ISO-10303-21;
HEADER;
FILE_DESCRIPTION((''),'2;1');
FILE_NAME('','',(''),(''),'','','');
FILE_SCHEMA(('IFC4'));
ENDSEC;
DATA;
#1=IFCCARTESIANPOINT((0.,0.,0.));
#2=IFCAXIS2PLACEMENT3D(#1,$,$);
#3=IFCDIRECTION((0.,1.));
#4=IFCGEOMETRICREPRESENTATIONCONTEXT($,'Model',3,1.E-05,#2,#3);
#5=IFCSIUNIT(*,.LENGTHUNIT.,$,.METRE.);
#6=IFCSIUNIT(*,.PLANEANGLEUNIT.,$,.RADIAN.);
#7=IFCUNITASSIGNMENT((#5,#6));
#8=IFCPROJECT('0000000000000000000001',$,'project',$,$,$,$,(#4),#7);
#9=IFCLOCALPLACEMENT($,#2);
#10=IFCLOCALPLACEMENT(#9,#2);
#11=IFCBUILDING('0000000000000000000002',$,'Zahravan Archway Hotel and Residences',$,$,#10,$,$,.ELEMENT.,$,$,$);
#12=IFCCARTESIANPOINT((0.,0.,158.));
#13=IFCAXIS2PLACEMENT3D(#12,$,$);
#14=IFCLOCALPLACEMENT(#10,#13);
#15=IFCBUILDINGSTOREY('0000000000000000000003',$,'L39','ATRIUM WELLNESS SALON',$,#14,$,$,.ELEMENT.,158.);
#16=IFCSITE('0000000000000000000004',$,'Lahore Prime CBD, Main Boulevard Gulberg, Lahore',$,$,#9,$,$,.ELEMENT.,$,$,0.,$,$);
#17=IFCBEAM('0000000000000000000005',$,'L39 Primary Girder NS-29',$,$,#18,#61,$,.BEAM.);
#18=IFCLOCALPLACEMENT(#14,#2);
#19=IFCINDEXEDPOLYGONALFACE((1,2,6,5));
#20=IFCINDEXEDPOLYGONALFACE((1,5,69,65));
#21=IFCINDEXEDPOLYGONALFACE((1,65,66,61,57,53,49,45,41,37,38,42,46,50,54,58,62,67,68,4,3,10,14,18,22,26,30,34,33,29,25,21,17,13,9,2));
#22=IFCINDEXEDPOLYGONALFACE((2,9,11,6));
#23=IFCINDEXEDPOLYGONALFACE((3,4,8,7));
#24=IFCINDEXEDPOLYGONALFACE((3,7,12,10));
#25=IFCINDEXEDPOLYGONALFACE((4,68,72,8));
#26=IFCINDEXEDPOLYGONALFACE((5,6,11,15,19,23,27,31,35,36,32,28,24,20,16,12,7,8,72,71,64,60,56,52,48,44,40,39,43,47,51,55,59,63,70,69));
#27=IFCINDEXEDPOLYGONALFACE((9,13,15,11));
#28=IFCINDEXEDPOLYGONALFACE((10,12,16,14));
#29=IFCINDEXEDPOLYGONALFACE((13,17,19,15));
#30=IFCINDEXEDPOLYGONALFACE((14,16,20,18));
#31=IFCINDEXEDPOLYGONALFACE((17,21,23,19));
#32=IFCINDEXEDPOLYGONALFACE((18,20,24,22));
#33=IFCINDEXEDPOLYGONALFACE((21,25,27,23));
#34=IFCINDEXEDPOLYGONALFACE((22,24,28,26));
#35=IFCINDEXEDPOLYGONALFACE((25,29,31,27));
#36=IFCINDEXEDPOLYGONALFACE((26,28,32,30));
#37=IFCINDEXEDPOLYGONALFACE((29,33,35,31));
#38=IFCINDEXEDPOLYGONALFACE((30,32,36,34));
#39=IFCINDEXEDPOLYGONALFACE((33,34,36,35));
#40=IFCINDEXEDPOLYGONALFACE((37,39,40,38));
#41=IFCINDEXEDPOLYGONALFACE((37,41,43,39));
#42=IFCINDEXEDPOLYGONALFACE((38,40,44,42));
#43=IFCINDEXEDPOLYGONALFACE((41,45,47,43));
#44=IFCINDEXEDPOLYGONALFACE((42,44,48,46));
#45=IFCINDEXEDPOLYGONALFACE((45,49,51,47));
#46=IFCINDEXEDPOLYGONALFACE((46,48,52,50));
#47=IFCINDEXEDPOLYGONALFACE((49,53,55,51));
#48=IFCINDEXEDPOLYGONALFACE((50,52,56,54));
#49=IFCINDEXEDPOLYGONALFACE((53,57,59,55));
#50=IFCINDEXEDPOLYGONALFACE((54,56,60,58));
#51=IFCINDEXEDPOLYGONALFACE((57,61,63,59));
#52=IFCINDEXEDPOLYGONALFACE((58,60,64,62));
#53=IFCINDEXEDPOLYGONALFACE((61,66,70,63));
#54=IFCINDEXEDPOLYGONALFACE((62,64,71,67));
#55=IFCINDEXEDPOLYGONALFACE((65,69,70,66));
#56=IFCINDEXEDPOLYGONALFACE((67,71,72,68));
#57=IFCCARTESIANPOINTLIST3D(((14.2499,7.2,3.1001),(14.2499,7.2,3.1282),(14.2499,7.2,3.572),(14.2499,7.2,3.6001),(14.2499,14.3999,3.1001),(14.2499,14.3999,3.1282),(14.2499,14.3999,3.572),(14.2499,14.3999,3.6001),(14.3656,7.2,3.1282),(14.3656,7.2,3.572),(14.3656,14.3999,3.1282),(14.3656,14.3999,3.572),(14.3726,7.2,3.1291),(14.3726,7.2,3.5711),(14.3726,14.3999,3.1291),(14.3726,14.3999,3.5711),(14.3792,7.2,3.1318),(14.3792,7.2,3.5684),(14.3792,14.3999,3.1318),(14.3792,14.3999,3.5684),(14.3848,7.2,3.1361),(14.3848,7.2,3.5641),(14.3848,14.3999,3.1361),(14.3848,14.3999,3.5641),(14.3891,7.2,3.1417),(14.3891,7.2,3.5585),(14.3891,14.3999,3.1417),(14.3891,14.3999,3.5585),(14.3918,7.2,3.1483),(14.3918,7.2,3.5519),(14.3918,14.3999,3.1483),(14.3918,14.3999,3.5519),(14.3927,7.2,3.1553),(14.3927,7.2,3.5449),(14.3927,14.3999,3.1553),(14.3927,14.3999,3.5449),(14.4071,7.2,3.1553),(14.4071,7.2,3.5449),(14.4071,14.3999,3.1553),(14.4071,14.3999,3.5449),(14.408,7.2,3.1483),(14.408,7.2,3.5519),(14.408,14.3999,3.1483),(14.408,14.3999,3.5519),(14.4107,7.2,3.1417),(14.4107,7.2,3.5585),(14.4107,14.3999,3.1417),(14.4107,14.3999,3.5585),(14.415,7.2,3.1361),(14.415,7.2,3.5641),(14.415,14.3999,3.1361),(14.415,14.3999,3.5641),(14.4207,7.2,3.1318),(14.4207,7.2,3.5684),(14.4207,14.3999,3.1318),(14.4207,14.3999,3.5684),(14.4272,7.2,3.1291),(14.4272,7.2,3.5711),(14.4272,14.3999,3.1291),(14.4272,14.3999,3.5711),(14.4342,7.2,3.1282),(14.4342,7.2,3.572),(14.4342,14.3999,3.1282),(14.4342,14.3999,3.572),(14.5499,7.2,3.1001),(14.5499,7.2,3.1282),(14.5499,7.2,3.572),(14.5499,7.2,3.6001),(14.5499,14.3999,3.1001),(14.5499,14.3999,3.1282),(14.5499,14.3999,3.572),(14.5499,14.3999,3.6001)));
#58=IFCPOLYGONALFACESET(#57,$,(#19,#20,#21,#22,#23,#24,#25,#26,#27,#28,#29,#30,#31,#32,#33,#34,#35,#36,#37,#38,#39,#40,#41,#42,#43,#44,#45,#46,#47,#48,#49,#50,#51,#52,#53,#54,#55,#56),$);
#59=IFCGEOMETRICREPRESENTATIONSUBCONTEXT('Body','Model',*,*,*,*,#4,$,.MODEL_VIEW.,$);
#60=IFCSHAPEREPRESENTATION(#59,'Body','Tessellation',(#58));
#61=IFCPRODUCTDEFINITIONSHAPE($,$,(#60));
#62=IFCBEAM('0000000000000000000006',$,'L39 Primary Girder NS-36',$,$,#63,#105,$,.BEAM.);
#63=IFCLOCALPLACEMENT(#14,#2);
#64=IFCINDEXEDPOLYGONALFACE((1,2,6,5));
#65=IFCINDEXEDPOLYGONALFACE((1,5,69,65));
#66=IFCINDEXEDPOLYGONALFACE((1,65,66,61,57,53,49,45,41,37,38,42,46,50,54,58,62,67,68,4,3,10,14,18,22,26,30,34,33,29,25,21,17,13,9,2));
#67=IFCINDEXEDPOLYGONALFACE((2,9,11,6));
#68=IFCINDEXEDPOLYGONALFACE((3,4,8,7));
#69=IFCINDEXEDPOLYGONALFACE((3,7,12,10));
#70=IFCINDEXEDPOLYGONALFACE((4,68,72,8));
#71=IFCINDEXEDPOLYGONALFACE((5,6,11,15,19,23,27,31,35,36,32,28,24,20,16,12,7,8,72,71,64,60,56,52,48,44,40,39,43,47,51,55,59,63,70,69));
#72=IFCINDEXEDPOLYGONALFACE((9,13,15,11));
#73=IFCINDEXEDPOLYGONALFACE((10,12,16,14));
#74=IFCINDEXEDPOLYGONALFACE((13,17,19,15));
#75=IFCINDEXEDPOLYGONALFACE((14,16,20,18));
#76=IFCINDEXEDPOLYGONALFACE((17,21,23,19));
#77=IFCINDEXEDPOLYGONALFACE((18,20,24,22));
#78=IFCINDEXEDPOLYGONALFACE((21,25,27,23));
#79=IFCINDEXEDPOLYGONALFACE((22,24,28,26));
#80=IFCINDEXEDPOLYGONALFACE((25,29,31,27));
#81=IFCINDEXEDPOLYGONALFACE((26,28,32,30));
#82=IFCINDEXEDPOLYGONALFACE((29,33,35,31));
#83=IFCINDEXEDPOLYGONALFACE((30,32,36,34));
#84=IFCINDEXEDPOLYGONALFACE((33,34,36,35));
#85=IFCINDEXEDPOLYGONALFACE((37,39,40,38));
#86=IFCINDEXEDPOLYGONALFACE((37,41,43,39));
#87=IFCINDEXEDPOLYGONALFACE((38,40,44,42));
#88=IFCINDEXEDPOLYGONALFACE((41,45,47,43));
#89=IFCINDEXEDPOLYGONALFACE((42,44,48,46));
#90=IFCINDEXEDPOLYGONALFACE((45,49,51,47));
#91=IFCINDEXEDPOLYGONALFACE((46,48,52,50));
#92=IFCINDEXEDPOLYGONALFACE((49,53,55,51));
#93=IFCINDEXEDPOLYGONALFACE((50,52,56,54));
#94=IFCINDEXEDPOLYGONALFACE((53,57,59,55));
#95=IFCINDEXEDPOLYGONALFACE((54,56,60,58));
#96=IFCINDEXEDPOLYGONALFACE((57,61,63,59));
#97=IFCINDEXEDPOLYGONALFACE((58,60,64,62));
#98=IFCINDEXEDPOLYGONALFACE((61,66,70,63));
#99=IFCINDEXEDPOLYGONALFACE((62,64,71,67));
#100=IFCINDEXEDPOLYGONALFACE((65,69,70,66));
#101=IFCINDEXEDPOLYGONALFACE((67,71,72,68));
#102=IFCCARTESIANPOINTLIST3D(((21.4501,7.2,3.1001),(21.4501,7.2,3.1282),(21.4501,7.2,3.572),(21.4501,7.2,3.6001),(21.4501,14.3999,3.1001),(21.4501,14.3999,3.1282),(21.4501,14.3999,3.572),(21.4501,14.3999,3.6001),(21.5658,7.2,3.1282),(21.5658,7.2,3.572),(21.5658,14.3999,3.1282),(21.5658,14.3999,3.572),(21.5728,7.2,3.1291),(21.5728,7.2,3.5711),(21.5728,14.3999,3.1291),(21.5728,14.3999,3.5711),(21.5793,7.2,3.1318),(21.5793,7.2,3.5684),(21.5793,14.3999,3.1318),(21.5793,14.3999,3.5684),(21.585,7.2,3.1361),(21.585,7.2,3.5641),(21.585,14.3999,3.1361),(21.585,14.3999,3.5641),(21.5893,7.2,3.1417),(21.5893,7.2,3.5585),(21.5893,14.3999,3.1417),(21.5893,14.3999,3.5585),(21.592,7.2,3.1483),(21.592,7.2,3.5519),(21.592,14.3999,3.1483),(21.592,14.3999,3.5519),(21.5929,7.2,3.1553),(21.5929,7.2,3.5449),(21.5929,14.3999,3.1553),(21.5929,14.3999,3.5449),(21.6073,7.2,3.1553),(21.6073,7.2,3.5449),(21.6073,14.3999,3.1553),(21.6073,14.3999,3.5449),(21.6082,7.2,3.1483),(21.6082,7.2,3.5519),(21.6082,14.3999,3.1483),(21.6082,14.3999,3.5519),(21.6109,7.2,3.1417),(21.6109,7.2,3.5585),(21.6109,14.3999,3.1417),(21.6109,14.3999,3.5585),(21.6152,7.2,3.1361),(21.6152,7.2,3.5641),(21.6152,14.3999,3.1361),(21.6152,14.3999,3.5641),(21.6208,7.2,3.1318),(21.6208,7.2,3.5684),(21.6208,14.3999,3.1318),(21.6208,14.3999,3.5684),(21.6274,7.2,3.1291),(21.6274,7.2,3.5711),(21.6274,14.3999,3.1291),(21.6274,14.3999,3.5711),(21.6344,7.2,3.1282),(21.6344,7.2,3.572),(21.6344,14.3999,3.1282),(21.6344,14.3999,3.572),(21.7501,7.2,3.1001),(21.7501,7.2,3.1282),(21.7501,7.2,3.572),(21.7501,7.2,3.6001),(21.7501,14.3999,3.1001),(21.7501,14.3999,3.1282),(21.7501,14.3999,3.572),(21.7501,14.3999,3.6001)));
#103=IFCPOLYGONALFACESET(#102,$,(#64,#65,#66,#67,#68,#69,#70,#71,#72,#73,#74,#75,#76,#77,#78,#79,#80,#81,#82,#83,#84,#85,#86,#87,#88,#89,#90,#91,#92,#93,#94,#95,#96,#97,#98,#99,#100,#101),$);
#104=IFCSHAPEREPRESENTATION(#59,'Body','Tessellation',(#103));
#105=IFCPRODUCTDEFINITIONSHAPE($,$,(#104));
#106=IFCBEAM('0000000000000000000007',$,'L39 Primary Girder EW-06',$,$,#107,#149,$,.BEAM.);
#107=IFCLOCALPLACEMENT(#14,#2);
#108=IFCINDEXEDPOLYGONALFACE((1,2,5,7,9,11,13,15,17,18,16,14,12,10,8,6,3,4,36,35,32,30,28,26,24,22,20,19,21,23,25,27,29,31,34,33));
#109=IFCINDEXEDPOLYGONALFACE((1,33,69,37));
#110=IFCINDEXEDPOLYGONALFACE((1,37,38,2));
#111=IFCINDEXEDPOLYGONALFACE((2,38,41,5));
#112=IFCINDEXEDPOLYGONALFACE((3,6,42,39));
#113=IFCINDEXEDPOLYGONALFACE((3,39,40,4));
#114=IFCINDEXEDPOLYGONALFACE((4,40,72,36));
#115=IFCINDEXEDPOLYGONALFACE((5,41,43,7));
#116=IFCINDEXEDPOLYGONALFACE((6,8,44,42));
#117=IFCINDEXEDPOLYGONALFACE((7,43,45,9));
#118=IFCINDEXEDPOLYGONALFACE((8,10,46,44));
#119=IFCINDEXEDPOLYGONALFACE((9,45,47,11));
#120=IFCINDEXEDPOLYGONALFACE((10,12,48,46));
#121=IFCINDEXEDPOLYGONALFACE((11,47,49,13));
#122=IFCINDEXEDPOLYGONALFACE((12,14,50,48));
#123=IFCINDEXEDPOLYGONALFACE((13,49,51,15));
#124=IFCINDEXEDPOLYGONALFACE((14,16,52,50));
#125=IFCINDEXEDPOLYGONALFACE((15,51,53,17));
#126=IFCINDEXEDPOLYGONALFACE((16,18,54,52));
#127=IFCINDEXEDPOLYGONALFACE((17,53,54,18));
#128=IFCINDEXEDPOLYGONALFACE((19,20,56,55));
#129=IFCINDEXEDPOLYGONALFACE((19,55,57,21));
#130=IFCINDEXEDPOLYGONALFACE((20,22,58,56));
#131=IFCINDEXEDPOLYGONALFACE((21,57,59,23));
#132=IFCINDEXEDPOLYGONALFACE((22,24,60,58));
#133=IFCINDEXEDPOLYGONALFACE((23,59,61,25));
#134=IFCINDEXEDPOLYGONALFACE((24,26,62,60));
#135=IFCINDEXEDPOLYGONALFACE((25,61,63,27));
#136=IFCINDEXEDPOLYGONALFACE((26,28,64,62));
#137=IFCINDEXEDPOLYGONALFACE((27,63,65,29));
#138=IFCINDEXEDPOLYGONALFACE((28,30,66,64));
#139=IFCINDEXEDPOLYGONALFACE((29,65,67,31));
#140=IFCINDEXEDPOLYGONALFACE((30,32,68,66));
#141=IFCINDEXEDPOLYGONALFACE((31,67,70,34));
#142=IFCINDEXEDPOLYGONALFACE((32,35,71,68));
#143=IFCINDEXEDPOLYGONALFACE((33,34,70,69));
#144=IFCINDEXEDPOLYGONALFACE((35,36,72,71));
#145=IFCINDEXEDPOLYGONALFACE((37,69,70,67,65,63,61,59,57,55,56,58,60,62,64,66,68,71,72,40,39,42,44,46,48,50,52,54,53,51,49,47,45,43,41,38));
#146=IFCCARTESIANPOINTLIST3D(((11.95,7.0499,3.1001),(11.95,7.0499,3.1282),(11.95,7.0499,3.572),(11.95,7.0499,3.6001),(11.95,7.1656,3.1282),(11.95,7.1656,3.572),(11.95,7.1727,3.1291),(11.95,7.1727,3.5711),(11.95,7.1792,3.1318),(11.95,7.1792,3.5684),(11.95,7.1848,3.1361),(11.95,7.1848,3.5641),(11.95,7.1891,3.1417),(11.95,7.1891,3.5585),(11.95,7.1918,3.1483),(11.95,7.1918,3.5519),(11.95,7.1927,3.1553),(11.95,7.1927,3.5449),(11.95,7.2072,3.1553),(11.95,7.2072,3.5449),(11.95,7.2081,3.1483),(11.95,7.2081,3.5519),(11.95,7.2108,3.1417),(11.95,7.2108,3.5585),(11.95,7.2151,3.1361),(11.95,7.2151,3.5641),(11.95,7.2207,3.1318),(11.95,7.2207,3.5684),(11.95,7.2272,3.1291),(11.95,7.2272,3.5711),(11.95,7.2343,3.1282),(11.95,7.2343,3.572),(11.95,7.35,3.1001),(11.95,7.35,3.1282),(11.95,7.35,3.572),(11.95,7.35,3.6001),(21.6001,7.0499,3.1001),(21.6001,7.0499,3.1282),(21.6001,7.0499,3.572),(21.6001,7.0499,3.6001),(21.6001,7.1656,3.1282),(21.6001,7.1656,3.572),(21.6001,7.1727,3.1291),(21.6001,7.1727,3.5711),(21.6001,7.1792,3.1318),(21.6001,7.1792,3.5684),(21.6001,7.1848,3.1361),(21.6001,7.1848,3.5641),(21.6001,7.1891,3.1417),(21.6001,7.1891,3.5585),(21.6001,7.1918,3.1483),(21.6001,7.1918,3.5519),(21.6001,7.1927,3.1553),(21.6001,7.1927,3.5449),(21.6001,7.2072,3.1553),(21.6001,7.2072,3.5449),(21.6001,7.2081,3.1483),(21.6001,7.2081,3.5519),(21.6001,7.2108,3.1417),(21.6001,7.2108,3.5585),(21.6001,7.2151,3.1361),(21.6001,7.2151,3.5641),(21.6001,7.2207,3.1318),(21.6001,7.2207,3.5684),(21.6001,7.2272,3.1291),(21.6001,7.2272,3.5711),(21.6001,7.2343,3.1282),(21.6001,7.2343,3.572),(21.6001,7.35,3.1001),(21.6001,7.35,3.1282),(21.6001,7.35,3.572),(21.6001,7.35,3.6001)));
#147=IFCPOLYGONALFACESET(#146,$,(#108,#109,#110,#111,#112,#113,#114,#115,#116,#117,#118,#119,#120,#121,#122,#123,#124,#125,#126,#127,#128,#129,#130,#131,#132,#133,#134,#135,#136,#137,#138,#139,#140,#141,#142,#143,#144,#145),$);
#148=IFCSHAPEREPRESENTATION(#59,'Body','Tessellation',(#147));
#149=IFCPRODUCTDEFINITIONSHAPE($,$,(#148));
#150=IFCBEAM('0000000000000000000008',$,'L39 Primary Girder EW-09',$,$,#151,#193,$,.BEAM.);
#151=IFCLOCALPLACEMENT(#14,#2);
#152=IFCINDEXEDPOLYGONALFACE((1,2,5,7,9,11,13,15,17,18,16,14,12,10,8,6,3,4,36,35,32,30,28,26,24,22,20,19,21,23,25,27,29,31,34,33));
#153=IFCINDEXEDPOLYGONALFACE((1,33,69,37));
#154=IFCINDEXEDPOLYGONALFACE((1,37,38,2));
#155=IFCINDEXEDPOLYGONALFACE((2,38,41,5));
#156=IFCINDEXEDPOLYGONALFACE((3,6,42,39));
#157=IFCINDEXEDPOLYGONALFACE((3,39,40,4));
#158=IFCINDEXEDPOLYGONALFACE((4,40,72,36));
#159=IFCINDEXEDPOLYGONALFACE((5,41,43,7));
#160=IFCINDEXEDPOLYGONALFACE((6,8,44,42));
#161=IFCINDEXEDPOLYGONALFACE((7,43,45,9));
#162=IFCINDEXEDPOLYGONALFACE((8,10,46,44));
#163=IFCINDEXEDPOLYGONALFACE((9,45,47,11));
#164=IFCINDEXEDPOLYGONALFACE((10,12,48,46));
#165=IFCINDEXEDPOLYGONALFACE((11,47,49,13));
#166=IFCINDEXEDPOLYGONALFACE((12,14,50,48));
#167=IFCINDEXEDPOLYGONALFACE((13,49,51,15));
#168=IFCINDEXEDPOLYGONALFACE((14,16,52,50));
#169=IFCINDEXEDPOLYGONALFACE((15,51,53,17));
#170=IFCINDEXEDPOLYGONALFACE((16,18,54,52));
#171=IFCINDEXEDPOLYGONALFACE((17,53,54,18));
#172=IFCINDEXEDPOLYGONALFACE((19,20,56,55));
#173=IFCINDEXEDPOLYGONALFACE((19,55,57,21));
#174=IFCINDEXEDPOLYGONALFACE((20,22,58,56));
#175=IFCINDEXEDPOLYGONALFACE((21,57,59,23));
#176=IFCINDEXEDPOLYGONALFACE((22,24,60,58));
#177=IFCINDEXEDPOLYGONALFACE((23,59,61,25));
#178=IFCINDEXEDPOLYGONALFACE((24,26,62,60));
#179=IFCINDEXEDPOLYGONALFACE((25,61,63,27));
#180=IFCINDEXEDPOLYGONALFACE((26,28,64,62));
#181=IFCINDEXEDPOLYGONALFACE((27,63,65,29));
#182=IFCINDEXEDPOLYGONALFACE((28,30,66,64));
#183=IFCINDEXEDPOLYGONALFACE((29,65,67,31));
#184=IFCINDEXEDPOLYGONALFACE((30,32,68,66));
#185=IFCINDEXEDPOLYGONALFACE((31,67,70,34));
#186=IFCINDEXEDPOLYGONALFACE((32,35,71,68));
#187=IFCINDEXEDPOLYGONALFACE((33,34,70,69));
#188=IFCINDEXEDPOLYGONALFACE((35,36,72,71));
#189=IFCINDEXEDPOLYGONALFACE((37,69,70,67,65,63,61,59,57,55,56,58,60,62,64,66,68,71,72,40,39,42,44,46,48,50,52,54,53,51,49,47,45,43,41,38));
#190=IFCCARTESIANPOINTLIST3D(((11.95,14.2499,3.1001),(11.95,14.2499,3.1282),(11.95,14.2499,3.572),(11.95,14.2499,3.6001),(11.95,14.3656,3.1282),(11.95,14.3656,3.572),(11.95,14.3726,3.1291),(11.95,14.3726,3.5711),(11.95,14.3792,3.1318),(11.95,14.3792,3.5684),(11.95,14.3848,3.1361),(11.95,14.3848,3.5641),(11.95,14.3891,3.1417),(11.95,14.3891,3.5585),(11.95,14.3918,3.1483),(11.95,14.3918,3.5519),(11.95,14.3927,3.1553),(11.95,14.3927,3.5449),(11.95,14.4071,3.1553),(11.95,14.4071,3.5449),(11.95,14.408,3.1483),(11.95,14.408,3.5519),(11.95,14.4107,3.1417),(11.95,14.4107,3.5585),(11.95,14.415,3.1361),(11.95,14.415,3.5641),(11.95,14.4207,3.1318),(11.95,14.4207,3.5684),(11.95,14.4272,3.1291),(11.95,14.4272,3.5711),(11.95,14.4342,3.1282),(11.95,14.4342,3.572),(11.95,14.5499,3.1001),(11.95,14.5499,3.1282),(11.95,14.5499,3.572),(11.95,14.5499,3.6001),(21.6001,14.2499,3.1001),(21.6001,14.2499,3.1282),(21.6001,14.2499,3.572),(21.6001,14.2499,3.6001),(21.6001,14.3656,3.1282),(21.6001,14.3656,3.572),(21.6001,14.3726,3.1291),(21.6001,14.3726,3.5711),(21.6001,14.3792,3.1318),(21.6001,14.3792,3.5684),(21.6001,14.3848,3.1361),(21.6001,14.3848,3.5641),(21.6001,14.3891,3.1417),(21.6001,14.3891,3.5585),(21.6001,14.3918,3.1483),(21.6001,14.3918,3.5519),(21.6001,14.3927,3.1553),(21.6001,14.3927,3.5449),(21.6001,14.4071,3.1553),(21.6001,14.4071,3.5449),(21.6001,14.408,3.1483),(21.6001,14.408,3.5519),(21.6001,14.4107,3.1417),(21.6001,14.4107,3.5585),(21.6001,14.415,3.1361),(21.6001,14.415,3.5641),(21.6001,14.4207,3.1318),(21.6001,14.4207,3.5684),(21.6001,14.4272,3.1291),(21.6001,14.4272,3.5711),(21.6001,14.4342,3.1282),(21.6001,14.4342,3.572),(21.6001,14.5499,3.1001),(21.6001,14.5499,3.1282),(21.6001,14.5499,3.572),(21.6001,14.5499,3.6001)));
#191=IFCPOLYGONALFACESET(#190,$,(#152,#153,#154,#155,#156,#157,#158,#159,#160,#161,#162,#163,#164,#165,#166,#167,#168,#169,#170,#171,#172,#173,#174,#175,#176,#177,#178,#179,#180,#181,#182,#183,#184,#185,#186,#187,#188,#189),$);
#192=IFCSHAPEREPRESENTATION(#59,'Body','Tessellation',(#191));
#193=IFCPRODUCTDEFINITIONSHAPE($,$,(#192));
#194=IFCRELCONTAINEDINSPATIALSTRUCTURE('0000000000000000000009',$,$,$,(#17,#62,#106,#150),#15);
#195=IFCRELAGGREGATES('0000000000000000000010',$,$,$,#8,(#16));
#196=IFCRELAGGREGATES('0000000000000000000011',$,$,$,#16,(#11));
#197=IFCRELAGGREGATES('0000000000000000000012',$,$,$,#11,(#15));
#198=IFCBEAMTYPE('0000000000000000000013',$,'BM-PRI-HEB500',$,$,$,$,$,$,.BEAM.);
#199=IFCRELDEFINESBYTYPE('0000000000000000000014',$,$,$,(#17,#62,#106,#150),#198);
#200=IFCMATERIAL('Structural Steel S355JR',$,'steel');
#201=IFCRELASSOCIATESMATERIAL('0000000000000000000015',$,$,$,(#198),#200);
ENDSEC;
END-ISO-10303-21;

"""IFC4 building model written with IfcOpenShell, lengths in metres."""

from ifc_helpers import new_model, si_unit, direction, frame, origin, origin_2d, place, context, subcontext, project, spatial, i_section, extrude, source, transform, mapped, material, material_profile, profile_set, type_object, element, save


model = new_model("IFC4")

# Units and contexts
model_context = context("Model", 3, precision=1e-05, world=origin(), true_north=direction((0.0, 1.0)))
body_context = subcontext(model_context, "Body", "Model", "MODEL_VIEW")
ifc_project = project(units=[si_unit("LENGTHUNIT", "METRE"), si_unit("PLANEANGLEUNIT", "RADIAN")], contexts=[model_context])

# Site, building, storey
site_placement = place(None, origin())
site = spatial("IfcSite", under=ifc_project, at=site_placement, Name="Lahore Prime CBD, Main Boulevard Gulberg, Lahore", CompositionType="ELEMENT", RefElevation=0.0)
building_placement = place(site_placement, origin())
building = spatial("IfcBuilding", under=site, at=building_placement, Name="Zahravan Archway Hotel and Residences", CompositionType="ELEMENT")
storey_placement = place(building_placement, frame((0.0, 0.0, 158.0)))
storey = spatial("IfcBuildingStorey", under=building, at=storey_placement, Name="L39", Description="ATRIUM WELLNESS SALON", CompositionType="ELEMENT", Elevation=158.0)

# Beams
ifc_material_1 = material(Name="Structural Steel S355JR", Category="steel")
ifc_material_profile_1 = material_profile(ifc_material_1, i_section(OverallWidth=0.3, OverallDepth=0.5, WebThickness=0.0144, FlangeThickness=0.0281, FilletRadius=0.0271, at=origin_2d()), Name="HEB 500", Category="steel")
ifc_profile_set_1 = profile_set([ifc_material_profile_1], Name="Structural Steel S355JR")
beam_type_1 = type_object("IfcBeamType", Name="BM-PRI-HEB500", PredefinedType="BEAM", material=ifc_profile_set_1)
shared_shape_1 = source(origin(), body_context, "Body", "SweptSolid", [
    extrude(i_section(OverallWidth=0.3, OverallDepth=0.5, WebThickness=0.0144, FlangeThickness=0.0281, FilletRadius=0.0271, at=origin_2d()), origin(), (0.0, 0.0, 1.0), 7.2),
])
for number, where, z_axis, x_axis, name in (
    (1, (14.3999, 7.2, 3.3501), (0.0, 1.0, 0.0), (-1.0, 0.0, 0.0), "L39 Primary Girder NS-29"),
    (2, (21.6001, 7.2, 3.3501), (0.0, 1.0, 0.0), (-1.0, 0.0, 0.0), "L39 Primary Girder NS-36"),
):
    element("IfcBeam", number, at=place(storey_placement, frame(where, z_axis=z_axis, x_axis=x_axis)), inside=storey, type_object=beam_type_1, Name=name, PredefinedType="BEAM", context=body_context, shape_type="MappedRepresentation", body=[
        mapped(shared_shape_1, transform((0.0, 0.0, 0.0), scale=1.0)),
    ])
shared_shape_2 = source(origin(), body_context, "Body", "SweptSolid", [
    extrude(i_section(OverallWidth=0.3, OverallDepth=0.5, WebThickness=0.0144, FlangeThickness=0.0281, FilletRadius=0.0271, at=origin_2d()), origin(), (0.0, 0.0, 1.0), 9.6501),
])
for number, where, z_axis, x_axis, name in (
    (3, (11.95, 7.2, 3.3501), (1.0, 0.0, 0.0), (0.0, 1.0, 0.0), "L39 Primary Girder EW-06"),
    (4, (11.95, 14.3999, 3.3501), (1.0, 0.0, 0.0), (0.0, 1.0, 0.0), "L39 Primary Girder EW-09"),
):
    element("IfcBeam", number, at=place(storey_placement, frame(where, z_axis=z_axis, x_axis=x_axis)), inside=storey, type_object=beam_type_1, Name=name, PredefinedType="BEAM", context=body_context, shape_type="MappedRepresentation", body=[
        mapped(shared_shape_2, transform((0.0, 0.0, 0.0), scale=1.0)),
    ])

save(model, "model.ifc")
